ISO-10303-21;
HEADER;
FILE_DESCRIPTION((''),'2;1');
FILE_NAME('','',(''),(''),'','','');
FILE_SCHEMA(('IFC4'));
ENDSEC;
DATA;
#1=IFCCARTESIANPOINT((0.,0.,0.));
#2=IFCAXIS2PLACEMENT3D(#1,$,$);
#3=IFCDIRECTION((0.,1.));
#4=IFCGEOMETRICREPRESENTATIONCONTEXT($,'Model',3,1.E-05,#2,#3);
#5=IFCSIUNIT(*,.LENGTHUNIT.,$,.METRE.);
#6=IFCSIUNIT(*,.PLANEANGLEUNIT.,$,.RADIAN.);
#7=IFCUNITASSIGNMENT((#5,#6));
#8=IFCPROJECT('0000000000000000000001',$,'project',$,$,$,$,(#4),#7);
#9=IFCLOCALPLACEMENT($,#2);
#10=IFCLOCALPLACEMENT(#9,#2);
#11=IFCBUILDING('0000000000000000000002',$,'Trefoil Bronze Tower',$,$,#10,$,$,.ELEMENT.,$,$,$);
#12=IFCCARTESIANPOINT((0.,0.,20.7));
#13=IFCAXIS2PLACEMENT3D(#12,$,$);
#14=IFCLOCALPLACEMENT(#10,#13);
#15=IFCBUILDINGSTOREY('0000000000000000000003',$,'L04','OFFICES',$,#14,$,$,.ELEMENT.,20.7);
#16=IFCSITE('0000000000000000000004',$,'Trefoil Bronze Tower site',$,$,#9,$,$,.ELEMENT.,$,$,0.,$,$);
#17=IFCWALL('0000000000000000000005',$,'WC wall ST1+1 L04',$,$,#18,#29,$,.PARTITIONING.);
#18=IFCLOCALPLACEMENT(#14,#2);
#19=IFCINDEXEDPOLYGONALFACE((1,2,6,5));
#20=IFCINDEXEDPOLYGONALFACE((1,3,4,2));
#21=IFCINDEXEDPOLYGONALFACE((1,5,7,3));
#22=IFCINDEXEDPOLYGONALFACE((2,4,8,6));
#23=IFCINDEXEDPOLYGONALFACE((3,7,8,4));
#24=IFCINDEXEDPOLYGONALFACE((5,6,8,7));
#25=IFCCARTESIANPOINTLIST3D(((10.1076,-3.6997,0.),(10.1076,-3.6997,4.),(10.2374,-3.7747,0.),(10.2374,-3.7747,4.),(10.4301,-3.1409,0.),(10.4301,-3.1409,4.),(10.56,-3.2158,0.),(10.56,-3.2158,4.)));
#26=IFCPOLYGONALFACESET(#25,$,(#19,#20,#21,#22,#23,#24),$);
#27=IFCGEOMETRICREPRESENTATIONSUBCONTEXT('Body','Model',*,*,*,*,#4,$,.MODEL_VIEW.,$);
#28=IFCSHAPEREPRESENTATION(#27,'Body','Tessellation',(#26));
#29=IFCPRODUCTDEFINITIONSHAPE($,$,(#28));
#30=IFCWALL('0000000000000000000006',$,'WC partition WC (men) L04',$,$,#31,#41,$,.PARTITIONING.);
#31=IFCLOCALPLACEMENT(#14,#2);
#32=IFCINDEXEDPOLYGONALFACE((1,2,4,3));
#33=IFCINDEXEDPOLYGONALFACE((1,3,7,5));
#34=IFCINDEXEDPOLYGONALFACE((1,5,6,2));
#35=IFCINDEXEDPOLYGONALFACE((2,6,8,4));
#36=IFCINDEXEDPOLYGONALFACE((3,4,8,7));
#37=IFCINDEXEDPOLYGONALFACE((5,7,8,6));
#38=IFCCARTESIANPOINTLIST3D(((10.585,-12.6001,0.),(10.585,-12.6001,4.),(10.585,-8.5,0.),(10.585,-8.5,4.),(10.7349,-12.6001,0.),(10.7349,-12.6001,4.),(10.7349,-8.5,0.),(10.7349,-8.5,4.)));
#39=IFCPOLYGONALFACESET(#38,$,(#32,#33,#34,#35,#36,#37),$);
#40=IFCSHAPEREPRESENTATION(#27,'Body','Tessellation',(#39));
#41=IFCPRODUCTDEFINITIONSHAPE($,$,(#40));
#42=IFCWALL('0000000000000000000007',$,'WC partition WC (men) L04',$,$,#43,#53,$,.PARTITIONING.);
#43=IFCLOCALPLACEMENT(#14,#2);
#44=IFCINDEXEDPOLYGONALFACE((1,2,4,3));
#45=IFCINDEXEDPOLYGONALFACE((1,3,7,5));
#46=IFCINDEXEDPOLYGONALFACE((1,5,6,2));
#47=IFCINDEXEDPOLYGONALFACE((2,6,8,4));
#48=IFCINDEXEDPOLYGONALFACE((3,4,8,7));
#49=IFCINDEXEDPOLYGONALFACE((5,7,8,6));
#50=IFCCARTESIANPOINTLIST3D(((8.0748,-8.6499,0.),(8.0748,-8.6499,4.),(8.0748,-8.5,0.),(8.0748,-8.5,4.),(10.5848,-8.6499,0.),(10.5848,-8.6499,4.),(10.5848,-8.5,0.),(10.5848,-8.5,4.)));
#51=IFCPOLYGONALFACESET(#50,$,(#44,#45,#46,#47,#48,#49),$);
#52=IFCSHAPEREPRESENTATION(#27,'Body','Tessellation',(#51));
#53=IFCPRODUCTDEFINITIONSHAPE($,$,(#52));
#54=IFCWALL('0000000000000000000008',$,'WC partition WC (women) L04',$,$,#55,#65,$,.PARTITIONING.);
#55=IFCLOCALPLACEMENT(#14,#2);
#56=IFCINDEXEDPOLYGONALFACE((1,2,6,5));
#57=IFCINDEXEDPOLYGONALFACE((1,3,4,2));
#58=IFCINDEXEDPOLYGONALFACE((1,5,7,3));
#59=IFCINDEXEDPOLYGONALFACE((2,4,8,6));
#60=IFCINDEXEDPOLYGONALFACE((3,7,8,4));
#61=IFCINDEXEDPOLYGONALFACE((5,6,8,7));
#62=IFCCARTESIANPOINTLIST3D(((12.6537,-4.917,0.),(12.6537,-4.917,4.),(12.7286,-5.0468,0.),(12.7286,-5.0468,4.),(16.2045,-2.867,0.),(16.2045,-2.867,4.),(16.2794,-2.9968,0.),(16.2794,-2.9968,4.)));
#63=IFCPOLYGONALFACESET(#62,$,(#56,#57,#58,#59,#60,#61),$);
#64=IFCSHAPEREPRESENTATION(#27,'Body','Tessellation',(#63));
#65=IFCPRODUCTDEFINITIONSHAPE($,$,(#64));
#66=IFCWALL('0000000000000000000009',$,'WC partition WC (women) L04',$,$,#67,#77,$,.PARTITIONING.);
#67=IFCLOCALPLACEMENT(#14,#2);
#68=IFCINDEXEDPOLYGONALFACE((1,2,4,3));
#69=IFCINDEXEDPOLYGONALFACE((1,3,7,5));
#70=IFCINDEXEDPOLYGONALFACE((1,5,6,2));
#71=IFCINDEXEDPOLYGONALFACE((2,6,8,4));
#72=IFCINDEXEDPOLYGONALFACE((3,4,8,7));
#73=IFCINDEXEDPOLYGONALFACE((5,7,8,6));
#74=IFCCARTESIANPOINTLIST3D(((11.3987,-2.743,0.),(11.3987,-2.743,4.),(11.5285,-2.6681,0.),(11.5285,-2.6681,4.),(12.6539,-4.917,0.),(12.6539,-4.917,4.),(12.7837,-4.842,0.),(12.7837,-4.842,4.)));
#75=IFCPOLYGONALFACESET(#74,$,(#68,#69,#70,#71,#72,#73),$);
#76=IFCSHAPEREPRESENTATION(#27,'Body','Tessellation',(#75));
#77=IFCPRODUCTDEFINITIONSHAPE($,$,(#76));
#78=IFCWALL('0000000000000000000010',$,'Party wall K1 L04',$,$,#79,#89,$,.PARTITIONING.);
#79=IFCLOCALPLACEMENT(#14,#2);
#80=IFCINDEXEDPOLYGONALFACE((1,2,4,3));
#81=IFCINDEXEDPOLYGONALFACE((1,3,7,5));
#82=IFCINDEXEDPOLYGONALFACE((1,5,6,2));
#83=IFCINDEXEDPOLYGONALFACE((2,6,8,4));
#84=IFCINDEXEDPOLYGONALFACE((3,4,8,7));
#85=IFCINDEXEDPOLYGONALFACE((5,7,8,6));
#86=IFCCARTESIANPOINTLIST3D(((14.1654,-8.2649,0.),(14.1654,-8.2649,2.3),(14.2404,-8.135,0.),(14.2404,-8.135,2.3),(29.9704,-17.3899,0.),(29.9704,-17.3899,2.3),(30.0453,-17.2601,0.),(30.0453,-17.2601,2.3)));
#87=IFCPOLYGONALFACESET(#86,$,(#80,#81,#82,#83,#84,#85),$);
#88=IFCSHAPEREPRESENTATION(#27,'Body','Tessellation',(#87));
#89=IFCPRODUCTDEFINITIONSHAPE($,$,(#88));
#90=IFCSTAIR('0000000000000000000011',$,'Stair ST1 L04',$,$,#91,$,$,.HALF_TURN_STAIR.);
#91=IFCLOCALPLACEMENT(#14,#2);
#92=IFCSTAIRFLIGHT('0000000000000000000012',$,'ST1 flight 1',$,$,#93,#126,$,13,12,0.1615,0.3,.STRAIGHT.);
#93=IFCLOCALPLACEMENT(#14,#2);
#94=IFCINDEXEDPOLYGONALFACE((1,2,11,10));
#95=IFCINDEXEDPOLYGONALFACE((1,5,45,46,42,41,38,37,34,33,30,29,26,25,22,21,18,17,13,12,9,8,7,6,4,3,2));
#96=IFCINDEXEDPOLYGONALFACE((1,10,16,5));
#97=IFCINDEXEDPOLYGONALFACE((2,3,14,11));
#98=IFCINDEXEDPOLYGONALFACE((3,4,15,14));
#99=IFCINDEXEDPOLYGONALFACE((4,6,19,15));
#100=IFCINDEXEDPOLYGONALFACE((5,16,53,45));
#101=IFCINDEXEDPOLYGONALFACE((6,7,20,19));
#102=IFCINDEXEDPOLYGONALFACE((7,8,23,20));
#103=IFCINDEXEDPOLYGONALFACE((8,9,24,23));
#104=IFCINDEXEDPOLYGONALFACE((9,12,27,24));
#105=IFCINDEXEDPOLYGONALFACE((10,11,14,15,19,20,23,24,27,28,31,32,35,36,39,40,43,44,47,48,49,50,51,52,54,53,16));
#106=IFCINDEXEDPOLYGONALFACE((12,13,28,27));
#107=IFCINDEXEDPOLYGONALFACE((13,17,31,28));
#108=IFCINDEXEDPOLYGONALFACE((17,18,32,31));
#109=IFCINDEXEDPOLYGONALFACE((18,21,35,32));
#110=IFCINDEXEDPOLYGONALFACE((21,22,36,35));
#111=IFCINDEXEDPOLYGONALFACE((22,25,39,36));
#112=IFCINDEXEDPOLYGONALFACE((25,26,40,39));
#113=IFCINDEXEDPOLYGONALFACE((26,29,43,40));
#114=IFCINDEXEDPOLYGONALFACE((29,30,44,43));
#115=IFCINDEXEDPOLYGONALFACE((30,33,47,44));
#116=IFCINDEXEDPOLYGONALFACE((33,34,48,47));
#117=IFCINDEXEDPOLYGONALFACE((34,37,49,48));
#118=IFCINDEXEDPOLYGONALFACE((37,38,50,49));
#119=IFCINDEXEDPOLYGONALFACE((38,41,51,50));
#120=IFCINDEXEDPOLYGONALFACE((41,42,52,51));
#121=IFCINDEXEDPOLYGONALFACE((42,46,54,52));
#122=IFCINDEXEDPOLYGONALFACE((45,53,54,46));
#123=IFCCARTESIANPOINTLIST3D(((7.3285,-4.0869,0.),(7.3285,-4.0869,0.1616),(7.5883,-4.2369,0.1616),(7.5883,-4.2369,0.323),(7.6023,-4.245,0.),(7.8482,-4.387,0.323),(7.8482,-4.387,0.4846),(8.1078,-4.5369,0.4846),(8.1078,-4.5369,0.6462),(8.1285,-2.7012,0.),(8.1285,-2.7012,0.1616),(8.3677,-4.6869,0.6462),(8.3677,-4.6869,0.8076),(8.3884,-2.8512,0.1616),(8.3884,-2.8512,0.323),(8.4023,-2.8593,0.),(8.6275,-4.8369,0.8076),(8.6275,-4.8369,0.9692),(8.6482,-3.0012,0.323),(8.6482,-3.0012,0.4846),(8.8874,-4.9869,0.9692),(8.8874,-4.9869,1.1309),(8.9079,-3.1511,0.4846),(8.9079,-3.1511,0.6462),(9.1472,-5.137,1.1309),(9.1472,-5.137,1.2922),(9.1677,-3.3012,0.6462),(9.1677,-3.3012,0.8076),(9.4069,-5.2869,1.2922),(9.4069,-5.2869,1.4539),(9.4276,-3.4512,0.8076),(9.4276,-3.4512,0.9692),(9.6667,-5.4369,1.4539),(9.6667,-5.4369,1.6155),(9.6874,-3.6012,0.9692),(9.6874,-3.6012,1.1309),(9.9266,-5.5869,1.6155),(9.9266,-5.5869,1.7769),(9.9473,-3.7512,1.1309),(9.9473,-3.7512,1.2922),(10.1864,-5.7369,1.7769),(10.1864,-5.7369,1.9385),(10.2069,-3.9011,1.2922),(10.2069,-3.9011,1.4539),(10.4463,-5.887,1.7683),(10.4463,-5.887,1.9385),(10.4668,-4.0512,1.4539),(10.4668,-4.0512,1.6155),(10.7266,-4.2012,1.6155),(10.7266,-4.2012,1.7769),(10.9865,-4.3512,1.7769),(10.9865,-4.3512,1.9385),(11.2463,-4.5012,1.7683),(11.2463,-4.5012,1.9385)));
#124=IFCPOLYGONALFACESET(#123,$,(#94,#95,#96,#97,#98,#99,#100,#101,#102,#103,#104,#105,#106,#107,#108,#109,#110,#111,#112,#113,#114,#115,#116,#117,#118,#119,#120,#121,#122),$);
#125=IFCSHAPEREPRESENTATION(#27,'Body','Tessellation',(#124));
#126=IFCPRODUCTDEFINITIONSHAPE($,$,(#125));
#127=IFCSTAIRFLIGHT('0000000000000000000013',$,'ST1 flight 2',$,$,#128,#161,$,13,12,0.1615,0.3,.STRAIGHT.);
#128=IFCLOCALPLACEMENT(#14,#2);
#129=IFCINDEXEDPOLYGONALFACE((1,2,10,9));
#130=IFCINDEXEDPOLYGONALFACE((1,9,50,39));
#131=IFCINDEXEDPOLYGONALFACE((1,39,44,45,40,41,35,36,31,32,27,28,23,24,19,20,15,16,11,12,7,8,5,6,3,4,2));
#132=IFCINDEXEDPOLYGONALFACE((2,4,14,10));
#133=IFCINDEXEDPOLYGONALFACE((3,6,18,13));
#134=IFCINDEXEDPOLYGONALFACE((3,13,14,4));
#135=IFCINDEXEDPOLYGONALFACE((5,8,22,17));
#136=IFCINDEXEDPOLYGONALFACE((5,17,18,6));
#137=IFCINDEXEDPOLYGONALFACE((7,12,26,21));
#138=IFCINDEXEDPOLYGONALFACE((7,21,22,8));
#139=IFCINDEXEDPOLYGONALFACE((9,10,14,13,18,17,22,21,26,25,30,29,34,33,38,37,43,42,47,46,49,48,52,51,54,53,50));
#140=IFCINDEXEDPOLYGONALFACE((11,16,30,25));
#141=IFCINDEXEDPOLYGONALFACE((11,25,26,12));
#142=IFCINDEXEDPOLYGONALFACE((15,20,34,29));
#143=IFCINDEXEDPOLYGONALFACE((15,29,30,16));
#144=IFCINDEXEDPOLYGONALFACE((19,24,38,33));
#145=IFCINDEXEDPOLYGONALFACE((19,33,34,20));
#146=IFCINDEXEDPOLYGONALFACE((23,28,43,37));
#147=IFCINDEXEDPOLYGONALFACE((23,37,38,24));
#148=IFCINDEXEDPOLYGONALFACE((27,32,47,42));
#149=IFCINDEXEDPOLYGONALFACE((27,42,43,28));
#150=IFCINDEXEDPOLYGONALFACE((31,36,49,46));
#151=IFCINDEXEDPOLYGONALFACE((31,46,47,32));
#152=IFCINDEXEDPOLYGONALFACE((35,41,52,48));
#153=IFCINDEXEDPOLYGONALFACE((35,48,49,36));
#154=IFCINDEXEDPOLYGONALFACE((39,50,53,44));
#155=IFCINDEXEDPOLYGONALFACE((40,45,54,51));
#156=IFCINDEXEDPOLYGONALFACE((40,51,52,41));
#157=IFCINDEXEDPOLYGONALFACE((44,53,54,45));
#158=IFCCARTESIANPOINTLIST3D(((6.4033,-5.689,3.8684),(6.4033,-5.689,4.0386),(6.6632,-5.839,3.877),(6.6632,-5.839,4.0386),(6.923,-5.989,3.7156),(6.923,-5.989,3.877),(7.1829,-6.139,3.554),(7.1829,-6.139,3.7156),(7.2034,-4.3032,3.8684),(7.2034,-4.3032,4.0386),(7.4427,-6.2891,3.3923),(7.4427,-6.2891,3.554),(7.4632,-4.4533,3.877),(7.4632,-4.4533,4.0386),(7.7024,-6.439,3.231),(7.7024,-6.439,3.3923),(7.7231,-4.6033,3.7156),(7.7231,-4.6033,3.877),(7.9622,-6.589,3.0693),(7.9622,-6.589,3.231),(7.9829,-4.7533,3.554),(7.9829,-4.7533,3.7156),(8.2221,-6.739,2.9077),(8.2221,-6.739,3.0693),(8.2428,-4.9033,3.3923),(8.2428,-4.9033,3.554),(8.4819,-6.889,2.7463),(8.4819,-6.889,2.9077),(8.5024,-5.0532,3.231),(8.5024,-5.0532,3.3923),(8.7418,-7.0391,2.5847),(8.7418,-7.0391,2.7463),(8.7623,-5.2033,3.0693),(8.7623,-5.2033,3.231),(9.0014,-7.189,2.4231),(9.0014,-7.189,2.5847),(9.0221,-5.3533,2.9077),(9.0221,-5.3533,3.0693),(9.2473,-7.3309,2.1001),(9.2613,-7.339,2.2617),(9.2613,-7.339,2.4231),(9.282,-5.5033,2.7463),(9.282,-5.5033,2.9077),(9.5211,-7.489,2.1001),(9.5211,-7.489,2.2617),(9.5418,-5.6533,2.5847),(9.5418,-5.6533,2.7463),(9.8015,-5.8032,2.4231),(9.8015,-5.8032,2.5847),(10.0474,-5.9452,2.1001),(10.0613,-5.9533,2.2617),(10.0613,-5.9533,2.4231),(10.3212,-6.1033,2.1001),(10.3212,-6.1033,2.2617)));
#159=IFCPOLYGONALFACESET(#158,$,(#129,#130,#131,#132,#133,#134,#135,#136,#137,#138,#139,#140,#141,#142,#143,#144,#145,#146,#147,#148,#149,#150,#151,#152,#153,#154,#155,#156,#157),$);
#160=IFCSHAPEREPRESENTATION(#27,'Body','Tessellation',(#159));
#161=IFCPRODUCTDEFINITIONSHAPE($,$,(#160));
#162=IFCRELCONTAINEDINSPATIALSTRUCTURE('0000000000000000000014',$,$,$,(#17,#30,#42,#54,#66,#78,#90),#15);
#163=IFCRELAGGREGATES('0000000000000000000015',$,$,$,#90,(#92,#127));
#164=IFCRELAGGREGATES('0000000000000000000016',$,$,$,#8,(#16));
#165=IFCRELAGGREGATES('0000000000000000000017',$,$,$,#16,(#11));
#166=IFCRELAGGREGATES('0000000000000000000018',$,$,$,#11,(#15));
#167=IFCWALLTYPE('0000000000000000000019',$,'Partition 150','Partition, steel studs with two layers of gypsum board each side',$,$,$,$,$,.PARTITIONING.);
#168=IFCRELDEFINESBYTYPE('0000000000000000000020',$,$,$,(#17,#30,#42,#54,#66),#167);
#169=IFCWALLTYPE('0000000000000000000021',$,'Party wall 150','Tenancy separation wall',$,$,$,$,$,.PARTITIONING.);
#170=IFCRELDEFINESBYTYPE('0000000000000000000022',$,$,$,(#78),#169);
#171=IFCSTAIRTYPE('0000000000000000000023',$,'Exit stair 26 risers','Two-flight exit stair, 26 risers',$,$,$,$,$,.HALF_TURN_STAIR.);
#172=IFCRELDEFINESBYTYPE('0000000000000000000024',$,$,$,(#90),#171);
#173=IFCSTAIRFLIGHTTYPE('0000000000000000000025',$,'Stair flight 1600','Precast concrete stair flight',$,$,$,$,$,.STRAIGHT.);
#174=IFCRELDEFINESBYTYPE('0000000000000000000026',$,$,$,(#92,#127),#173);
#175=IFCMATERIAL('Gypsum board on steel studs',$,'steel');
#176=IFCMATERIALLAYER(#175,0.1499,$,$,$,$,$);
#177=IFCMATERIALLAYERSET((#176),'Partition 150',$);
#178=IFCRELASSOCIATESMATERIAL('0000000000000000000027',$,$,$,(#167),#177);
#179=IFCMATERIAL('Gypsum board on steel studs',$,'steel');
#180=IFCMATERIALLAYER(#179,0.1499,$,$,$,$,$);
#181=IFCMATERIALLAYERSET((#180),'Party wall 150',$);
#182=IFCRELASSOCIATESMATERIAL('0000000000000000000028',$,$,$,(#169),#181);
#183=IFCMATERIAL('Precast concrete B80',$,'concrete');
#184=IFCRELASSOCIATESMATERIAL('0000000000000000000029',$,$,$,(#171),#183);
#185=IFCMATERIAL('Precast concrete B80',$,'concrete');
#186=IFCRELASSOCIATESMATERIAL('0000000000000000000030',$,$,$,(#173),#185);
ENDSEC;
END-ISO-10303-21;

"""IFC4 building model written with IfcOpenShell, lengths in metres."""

from ifc_helpers import new_model, si_unit, direction, frame, frame_2d, origin, place, context, subcontext, project, spatial, polyline, rectangle, outline, extrude, material, layer, layer_set, type_object, element, aggregate, save


model = new_model("IFC4")

# Units and contexts
model_context = context("Model", 3, precision=1e-05, world=origin(), true_north=direction((0.0, 1.0)))
body_context = subcontext(model_context, "Body", "Model", "MODEL_VIEW")
ifc_project = project(units=[si_unit("LENGTHUNIT", "METRE"), si_unit("PLANEANGLEUNIT", "RADIAN")], contexts=[model_context])

# Site, building, storey
site_placement = place(None, origin())
site = spatial("IfcSite", under=ifc_project, at=site_placement, Name="Trefoil Bronze Tower site", CompositionType="ELEMENT", RefElevation=0.0)
building_placement = place(site_placement, origin())
building = spatial("IfcBuilding", under=site, at=building_placement, Name="Trefoil Bronze Tower", CompositionType="ELEMENT")
storey_placement = place(building_placement, frame((0.0, 0.0, 20.7)))
storey = spatial("IfcBuildingStorey", under=building, at=storey_placement, Name="L04", Description="OFFICES", CompositionType="ELEMENT", Elevation=20.7)

# Shared definitions
ifc_material_1 = material(Name="Gypsum board on steel studs", Category="steel")
ifc_layer_1 = layer(ifc_material_1, 0.1499)
ifc_layer_set_1 = layer_set([ifc_layer_1], Name="Partition 150")
wall_type_1 = type_object("IfcWallType", Name="Partition 150", Description="Partition, steel studs with two layers of gypsum board each side", PredefinedType="PARTITIONING", material=ifc_layer_set_1)

# Walls
for number, where, z_axis, x_axis, name in (
    (1, (10.4951, -3.1782, 0.0), (0.0, 0.0, 1.0), (-0.499843, -0.866116, 0.0), "WC wall ST1+1 L04"),
):
    element("IfcWall", number, at=place(storey_placement, frame(where, z_axis=z_axis, x_axis=x_axis)), inside=storey, type_object=wall_type_1, Name=name, PredefinedType="PARTITIONING", context=body_context, shape_type="SweptSolid", body=[
        extrude(rectangle(XDim=0.6453, YDim=0.1499, at=frame_2d((0.3228, 0.0))), origin(), (0.0, 0.0, 1.0), 4.0),
    ])
wall_1_placement = place(storey_placement, frame((10.6599, -8.5, 0.0), z_axis=(0.0, 0.0, 1.0), x_axis=(0.0, -1.0, 0.0)))
element("IfcWall", 2, at=wall_1_placement, inside=storey, type_object=wall_type_1, Name="WC partition WC (men) L04", PredefinedType="PARTITIONING", context=body_context, shape_type="SweptSolid", body=[
    extrude(rectangle(XDim=4.1001, YDim=0.1499, at=frame_2d((2.05, 0.0))), origin(), (0.0, 0.0, 1.0), 4.0),
])
wall_2_placement = place(storey_placement, frame((8.075, -8.575, 0.0), z_axis=(0.0, 0.0, 1.0), x_axis=(1.0, 0.0, 0.0)))
element("IfcWall", 3, at=wall_2_placement, inside=storey, type_object=wall_type_1, Name="WC partition WC (men) L04", PredefinedType="PARTITIONING", context=body_context, shape_type="SweptSolid", body=[
    extrude(rectangle(XDim=2.51, YDim=0.1499, at=frame_2d((1.2549, 0.0))), origin(), (0.0, 0.0, 1.0), 4.0),
])
wall_3_placement = place(storey_placement, frame((12.6912, -4.9819, 0.0), z_axis=(0.0, 0.0, 1.0), x_axis=(0.866025, 0.500001, 0.0)))
element("IfcWall", 4, at=wall_3_placement, inside=storey, type_object=wall_type_1, Name="WC partition WC (women) L04", PredefinedType="PARTITIONING", context=body_context, shape_type="SweptSolid", body=[
    extrude(rectangle(XDim=4.1001, YDim=0.1499, at=frame_2d((2.05, 0.0))), origin(), (0.0, 0.0, 1.0), 4.0),
])
wall_4_placement = place(storey_placement, frame((11.4636, -2.7056, 0.0), z_axis=(0.0, 0.0, 1.0), x_axis=(0.50002, -0.866014, 0.0)))
element("IfcWall", 5, at=wall_4_placement, inside=storey, type_object=wall_type_1, Name="WC partition WC (women) L04", PredefinedType="PARTITIONING", context=body_context, shape_type="SweptSolid", body=[
    extrude(rectangle(XDim=2.5103, YDim=0.1499, at=frame_2d((1.2551, 0.0))), origin(), (0.0, 0.0, 1.0), 4.0),
])
ifc_material_2 = material(Name="Gypsum board on steel studs", Category="steel")
ifc_layer_2 = layer(ifc_material_2, 0.1499)
ifc_layer_set_2 = layer_set([ifc_layer_2], Name="Party wall 150")
wall_type_2 = type_object("IfcWallType", Name="Party wall 150", Description="Tenancy separation wall", PredefinedType="PARTITIONING", material=ifc_layer_set_2)
wall_5_placement = place(storey_placement, frame((14.2029, -8.2, 0.0), z_axis=(0.0, 0.0, 1.0), x_axis=(0.866025, -0.500001, 0.0)))
element("IfcWall", 6, at=wall_5_placement, inside=storey, type_object=wall_type_2, Name="Party wall K1 L04", PredefinedType="PARTITIONING", context=body_context, shape_type="SweptSolid", body=[
    extrude(rectangle(XDim=18.25, YDim=0.1499, at=frame_2d((9.125, 0.0))), origin(), (0.0, 0.0, 1.0), 2.3),
])

# Stair, stair flights
ifc_material_3 = material(Name="Precast concrete B80", Category="concrete")
stair_type = type_object("IfcStairType", Name="Exit stair 26 risers", Description="Two-flight exit stair, 26 risers", PredefinedType="HALF_TURN_STAIR", material=ifc_material_3)
stair_placement = place(storey_placement, origin())
stair = element("IfcStair", 7, at=stair_placement, inside=storey, type_object=stair_type, Name="Stair ST1 L04", PredefinedType="HALF_TURN_STAIR")
ifc_material_4 = material(Name="Precast concrete B80", Category="concrete")
stair_flight_type = type_object("IfcStairFlightType", Name="Stair flight 1600", Description="Precast concrete stair flight", PredefinedType="STRAIGHT", material=ifc_material_4)
stair_flight_1_placement = place(storey_placement, frame((7.7285, -3.394, 0.0), z_axis=(0.0, 0.0, 1.0), x_axis=(0.866025, -0.5, 0.0)))
stair_flight_1 = element("IfcStairFlight", 8, at=stair_flight_1_placement, type_object=stair_flight_type, Name="ST1 flight 1", NumberOfRisers=13, NumberOfTreads=12, PredefinedType="STRAIGHT", RiserHeight=0.1615, TreadLength=0.3, context=body_context, shape_type="SweptSolid", body=[
    extrude(outline(polyline([(0.0, 0.0), (0.0, 0.1616), (0.3, 0.1616), (0.3, 0.323), (0.6001, 0.323), (0.6001, 0.4846), (0.8999, 0.4846), (0.8999, 0.6462), (1.2, 0.6462), (1.2, 0.8076), (1.5, 0.8076), (1.5, 0.9692), (1.8, 0.9692), (1.8, 1.1309), (2.1001, 1.1309), (2.1001, 1.2922), (2.3999, 1.2922), (2.3999, 1.4539), (2.7, 1.4539), (2.7, 1.6155), (3.0, 1.6155), (3.0, 1.7769), (3.3, 1.7769), (3.3, 1.9385), (3.6001, 1.9385), (3.6001, 2.1001), (3.6001, 1.7683), (0.3162, 0.0), (0.0, 0.0)])), frame((0.0, 0.8, 0.0), z_axis=(0.0, -1.0, 0.0), x_axis=(1.0, 0.0, 0.0)), (0.0, 0.0, 1.0), 1.6001),
])
stair_flight_2_placement = place(storey_placement, frame((9.9211, -6.7961, 2.1001), z_axis=(0.0, 0.0, 1.0), x_axis=(-0.866025, 0.5, 0.0)))
stair_flight_2 = element("IfcStairFlight", 9, at=stair_flight_2_placement, type_object=stair_flight_type, Name="ST1 flight 2", NumberOfRisers=13, NumberOfTreads=12, PredefinedType="STRAIGHT", RiserHeight=0.1615, TreadLength=0.3, context=body_context, shape_type="SweptSolid", body=[
    extrude(outline(polyline([(0.0, 0.0), (0.0, 0.1616), (0.3, 0.1616), (0.3, 0.323), (0.6001, 0.323), (0.6001, 0.4846), (0.8999, 0.4846), (0.8999, 0.6462), (1.2, 0.6462), (1.2, 0.8076), (1.5, 0.8076), (1.5, 0.9692), (1.8, 0.9692), (1.8, 1.1309), (2.1001, 1.1309), (2.1001, 1.2922), (2.3999, 1.2922), (2.3999, 1.4539), (2.7, 1.4539), (2.7, 1.6155), (3.0, 1.6155), (3.0, 1.7769), (3.3, 1.7769), (3.3, 1.9385), (3.6001, 1.9385), (3.6001, 2.1001), (3.6001, 1.7683), (0.3162, 0.0), (0.0, 0.0)])), frame((0.0, 0.8, 0.0), z_axis=(0.0, -1.0, 0.0), x_axis=(1.0, 0.0, 0.0)), (0.0, 0.0, 1.0), 1.6001),
])
aggregate(stair, [stair_flight_1, stair_flight_2])

save(model, "model.ifc")
